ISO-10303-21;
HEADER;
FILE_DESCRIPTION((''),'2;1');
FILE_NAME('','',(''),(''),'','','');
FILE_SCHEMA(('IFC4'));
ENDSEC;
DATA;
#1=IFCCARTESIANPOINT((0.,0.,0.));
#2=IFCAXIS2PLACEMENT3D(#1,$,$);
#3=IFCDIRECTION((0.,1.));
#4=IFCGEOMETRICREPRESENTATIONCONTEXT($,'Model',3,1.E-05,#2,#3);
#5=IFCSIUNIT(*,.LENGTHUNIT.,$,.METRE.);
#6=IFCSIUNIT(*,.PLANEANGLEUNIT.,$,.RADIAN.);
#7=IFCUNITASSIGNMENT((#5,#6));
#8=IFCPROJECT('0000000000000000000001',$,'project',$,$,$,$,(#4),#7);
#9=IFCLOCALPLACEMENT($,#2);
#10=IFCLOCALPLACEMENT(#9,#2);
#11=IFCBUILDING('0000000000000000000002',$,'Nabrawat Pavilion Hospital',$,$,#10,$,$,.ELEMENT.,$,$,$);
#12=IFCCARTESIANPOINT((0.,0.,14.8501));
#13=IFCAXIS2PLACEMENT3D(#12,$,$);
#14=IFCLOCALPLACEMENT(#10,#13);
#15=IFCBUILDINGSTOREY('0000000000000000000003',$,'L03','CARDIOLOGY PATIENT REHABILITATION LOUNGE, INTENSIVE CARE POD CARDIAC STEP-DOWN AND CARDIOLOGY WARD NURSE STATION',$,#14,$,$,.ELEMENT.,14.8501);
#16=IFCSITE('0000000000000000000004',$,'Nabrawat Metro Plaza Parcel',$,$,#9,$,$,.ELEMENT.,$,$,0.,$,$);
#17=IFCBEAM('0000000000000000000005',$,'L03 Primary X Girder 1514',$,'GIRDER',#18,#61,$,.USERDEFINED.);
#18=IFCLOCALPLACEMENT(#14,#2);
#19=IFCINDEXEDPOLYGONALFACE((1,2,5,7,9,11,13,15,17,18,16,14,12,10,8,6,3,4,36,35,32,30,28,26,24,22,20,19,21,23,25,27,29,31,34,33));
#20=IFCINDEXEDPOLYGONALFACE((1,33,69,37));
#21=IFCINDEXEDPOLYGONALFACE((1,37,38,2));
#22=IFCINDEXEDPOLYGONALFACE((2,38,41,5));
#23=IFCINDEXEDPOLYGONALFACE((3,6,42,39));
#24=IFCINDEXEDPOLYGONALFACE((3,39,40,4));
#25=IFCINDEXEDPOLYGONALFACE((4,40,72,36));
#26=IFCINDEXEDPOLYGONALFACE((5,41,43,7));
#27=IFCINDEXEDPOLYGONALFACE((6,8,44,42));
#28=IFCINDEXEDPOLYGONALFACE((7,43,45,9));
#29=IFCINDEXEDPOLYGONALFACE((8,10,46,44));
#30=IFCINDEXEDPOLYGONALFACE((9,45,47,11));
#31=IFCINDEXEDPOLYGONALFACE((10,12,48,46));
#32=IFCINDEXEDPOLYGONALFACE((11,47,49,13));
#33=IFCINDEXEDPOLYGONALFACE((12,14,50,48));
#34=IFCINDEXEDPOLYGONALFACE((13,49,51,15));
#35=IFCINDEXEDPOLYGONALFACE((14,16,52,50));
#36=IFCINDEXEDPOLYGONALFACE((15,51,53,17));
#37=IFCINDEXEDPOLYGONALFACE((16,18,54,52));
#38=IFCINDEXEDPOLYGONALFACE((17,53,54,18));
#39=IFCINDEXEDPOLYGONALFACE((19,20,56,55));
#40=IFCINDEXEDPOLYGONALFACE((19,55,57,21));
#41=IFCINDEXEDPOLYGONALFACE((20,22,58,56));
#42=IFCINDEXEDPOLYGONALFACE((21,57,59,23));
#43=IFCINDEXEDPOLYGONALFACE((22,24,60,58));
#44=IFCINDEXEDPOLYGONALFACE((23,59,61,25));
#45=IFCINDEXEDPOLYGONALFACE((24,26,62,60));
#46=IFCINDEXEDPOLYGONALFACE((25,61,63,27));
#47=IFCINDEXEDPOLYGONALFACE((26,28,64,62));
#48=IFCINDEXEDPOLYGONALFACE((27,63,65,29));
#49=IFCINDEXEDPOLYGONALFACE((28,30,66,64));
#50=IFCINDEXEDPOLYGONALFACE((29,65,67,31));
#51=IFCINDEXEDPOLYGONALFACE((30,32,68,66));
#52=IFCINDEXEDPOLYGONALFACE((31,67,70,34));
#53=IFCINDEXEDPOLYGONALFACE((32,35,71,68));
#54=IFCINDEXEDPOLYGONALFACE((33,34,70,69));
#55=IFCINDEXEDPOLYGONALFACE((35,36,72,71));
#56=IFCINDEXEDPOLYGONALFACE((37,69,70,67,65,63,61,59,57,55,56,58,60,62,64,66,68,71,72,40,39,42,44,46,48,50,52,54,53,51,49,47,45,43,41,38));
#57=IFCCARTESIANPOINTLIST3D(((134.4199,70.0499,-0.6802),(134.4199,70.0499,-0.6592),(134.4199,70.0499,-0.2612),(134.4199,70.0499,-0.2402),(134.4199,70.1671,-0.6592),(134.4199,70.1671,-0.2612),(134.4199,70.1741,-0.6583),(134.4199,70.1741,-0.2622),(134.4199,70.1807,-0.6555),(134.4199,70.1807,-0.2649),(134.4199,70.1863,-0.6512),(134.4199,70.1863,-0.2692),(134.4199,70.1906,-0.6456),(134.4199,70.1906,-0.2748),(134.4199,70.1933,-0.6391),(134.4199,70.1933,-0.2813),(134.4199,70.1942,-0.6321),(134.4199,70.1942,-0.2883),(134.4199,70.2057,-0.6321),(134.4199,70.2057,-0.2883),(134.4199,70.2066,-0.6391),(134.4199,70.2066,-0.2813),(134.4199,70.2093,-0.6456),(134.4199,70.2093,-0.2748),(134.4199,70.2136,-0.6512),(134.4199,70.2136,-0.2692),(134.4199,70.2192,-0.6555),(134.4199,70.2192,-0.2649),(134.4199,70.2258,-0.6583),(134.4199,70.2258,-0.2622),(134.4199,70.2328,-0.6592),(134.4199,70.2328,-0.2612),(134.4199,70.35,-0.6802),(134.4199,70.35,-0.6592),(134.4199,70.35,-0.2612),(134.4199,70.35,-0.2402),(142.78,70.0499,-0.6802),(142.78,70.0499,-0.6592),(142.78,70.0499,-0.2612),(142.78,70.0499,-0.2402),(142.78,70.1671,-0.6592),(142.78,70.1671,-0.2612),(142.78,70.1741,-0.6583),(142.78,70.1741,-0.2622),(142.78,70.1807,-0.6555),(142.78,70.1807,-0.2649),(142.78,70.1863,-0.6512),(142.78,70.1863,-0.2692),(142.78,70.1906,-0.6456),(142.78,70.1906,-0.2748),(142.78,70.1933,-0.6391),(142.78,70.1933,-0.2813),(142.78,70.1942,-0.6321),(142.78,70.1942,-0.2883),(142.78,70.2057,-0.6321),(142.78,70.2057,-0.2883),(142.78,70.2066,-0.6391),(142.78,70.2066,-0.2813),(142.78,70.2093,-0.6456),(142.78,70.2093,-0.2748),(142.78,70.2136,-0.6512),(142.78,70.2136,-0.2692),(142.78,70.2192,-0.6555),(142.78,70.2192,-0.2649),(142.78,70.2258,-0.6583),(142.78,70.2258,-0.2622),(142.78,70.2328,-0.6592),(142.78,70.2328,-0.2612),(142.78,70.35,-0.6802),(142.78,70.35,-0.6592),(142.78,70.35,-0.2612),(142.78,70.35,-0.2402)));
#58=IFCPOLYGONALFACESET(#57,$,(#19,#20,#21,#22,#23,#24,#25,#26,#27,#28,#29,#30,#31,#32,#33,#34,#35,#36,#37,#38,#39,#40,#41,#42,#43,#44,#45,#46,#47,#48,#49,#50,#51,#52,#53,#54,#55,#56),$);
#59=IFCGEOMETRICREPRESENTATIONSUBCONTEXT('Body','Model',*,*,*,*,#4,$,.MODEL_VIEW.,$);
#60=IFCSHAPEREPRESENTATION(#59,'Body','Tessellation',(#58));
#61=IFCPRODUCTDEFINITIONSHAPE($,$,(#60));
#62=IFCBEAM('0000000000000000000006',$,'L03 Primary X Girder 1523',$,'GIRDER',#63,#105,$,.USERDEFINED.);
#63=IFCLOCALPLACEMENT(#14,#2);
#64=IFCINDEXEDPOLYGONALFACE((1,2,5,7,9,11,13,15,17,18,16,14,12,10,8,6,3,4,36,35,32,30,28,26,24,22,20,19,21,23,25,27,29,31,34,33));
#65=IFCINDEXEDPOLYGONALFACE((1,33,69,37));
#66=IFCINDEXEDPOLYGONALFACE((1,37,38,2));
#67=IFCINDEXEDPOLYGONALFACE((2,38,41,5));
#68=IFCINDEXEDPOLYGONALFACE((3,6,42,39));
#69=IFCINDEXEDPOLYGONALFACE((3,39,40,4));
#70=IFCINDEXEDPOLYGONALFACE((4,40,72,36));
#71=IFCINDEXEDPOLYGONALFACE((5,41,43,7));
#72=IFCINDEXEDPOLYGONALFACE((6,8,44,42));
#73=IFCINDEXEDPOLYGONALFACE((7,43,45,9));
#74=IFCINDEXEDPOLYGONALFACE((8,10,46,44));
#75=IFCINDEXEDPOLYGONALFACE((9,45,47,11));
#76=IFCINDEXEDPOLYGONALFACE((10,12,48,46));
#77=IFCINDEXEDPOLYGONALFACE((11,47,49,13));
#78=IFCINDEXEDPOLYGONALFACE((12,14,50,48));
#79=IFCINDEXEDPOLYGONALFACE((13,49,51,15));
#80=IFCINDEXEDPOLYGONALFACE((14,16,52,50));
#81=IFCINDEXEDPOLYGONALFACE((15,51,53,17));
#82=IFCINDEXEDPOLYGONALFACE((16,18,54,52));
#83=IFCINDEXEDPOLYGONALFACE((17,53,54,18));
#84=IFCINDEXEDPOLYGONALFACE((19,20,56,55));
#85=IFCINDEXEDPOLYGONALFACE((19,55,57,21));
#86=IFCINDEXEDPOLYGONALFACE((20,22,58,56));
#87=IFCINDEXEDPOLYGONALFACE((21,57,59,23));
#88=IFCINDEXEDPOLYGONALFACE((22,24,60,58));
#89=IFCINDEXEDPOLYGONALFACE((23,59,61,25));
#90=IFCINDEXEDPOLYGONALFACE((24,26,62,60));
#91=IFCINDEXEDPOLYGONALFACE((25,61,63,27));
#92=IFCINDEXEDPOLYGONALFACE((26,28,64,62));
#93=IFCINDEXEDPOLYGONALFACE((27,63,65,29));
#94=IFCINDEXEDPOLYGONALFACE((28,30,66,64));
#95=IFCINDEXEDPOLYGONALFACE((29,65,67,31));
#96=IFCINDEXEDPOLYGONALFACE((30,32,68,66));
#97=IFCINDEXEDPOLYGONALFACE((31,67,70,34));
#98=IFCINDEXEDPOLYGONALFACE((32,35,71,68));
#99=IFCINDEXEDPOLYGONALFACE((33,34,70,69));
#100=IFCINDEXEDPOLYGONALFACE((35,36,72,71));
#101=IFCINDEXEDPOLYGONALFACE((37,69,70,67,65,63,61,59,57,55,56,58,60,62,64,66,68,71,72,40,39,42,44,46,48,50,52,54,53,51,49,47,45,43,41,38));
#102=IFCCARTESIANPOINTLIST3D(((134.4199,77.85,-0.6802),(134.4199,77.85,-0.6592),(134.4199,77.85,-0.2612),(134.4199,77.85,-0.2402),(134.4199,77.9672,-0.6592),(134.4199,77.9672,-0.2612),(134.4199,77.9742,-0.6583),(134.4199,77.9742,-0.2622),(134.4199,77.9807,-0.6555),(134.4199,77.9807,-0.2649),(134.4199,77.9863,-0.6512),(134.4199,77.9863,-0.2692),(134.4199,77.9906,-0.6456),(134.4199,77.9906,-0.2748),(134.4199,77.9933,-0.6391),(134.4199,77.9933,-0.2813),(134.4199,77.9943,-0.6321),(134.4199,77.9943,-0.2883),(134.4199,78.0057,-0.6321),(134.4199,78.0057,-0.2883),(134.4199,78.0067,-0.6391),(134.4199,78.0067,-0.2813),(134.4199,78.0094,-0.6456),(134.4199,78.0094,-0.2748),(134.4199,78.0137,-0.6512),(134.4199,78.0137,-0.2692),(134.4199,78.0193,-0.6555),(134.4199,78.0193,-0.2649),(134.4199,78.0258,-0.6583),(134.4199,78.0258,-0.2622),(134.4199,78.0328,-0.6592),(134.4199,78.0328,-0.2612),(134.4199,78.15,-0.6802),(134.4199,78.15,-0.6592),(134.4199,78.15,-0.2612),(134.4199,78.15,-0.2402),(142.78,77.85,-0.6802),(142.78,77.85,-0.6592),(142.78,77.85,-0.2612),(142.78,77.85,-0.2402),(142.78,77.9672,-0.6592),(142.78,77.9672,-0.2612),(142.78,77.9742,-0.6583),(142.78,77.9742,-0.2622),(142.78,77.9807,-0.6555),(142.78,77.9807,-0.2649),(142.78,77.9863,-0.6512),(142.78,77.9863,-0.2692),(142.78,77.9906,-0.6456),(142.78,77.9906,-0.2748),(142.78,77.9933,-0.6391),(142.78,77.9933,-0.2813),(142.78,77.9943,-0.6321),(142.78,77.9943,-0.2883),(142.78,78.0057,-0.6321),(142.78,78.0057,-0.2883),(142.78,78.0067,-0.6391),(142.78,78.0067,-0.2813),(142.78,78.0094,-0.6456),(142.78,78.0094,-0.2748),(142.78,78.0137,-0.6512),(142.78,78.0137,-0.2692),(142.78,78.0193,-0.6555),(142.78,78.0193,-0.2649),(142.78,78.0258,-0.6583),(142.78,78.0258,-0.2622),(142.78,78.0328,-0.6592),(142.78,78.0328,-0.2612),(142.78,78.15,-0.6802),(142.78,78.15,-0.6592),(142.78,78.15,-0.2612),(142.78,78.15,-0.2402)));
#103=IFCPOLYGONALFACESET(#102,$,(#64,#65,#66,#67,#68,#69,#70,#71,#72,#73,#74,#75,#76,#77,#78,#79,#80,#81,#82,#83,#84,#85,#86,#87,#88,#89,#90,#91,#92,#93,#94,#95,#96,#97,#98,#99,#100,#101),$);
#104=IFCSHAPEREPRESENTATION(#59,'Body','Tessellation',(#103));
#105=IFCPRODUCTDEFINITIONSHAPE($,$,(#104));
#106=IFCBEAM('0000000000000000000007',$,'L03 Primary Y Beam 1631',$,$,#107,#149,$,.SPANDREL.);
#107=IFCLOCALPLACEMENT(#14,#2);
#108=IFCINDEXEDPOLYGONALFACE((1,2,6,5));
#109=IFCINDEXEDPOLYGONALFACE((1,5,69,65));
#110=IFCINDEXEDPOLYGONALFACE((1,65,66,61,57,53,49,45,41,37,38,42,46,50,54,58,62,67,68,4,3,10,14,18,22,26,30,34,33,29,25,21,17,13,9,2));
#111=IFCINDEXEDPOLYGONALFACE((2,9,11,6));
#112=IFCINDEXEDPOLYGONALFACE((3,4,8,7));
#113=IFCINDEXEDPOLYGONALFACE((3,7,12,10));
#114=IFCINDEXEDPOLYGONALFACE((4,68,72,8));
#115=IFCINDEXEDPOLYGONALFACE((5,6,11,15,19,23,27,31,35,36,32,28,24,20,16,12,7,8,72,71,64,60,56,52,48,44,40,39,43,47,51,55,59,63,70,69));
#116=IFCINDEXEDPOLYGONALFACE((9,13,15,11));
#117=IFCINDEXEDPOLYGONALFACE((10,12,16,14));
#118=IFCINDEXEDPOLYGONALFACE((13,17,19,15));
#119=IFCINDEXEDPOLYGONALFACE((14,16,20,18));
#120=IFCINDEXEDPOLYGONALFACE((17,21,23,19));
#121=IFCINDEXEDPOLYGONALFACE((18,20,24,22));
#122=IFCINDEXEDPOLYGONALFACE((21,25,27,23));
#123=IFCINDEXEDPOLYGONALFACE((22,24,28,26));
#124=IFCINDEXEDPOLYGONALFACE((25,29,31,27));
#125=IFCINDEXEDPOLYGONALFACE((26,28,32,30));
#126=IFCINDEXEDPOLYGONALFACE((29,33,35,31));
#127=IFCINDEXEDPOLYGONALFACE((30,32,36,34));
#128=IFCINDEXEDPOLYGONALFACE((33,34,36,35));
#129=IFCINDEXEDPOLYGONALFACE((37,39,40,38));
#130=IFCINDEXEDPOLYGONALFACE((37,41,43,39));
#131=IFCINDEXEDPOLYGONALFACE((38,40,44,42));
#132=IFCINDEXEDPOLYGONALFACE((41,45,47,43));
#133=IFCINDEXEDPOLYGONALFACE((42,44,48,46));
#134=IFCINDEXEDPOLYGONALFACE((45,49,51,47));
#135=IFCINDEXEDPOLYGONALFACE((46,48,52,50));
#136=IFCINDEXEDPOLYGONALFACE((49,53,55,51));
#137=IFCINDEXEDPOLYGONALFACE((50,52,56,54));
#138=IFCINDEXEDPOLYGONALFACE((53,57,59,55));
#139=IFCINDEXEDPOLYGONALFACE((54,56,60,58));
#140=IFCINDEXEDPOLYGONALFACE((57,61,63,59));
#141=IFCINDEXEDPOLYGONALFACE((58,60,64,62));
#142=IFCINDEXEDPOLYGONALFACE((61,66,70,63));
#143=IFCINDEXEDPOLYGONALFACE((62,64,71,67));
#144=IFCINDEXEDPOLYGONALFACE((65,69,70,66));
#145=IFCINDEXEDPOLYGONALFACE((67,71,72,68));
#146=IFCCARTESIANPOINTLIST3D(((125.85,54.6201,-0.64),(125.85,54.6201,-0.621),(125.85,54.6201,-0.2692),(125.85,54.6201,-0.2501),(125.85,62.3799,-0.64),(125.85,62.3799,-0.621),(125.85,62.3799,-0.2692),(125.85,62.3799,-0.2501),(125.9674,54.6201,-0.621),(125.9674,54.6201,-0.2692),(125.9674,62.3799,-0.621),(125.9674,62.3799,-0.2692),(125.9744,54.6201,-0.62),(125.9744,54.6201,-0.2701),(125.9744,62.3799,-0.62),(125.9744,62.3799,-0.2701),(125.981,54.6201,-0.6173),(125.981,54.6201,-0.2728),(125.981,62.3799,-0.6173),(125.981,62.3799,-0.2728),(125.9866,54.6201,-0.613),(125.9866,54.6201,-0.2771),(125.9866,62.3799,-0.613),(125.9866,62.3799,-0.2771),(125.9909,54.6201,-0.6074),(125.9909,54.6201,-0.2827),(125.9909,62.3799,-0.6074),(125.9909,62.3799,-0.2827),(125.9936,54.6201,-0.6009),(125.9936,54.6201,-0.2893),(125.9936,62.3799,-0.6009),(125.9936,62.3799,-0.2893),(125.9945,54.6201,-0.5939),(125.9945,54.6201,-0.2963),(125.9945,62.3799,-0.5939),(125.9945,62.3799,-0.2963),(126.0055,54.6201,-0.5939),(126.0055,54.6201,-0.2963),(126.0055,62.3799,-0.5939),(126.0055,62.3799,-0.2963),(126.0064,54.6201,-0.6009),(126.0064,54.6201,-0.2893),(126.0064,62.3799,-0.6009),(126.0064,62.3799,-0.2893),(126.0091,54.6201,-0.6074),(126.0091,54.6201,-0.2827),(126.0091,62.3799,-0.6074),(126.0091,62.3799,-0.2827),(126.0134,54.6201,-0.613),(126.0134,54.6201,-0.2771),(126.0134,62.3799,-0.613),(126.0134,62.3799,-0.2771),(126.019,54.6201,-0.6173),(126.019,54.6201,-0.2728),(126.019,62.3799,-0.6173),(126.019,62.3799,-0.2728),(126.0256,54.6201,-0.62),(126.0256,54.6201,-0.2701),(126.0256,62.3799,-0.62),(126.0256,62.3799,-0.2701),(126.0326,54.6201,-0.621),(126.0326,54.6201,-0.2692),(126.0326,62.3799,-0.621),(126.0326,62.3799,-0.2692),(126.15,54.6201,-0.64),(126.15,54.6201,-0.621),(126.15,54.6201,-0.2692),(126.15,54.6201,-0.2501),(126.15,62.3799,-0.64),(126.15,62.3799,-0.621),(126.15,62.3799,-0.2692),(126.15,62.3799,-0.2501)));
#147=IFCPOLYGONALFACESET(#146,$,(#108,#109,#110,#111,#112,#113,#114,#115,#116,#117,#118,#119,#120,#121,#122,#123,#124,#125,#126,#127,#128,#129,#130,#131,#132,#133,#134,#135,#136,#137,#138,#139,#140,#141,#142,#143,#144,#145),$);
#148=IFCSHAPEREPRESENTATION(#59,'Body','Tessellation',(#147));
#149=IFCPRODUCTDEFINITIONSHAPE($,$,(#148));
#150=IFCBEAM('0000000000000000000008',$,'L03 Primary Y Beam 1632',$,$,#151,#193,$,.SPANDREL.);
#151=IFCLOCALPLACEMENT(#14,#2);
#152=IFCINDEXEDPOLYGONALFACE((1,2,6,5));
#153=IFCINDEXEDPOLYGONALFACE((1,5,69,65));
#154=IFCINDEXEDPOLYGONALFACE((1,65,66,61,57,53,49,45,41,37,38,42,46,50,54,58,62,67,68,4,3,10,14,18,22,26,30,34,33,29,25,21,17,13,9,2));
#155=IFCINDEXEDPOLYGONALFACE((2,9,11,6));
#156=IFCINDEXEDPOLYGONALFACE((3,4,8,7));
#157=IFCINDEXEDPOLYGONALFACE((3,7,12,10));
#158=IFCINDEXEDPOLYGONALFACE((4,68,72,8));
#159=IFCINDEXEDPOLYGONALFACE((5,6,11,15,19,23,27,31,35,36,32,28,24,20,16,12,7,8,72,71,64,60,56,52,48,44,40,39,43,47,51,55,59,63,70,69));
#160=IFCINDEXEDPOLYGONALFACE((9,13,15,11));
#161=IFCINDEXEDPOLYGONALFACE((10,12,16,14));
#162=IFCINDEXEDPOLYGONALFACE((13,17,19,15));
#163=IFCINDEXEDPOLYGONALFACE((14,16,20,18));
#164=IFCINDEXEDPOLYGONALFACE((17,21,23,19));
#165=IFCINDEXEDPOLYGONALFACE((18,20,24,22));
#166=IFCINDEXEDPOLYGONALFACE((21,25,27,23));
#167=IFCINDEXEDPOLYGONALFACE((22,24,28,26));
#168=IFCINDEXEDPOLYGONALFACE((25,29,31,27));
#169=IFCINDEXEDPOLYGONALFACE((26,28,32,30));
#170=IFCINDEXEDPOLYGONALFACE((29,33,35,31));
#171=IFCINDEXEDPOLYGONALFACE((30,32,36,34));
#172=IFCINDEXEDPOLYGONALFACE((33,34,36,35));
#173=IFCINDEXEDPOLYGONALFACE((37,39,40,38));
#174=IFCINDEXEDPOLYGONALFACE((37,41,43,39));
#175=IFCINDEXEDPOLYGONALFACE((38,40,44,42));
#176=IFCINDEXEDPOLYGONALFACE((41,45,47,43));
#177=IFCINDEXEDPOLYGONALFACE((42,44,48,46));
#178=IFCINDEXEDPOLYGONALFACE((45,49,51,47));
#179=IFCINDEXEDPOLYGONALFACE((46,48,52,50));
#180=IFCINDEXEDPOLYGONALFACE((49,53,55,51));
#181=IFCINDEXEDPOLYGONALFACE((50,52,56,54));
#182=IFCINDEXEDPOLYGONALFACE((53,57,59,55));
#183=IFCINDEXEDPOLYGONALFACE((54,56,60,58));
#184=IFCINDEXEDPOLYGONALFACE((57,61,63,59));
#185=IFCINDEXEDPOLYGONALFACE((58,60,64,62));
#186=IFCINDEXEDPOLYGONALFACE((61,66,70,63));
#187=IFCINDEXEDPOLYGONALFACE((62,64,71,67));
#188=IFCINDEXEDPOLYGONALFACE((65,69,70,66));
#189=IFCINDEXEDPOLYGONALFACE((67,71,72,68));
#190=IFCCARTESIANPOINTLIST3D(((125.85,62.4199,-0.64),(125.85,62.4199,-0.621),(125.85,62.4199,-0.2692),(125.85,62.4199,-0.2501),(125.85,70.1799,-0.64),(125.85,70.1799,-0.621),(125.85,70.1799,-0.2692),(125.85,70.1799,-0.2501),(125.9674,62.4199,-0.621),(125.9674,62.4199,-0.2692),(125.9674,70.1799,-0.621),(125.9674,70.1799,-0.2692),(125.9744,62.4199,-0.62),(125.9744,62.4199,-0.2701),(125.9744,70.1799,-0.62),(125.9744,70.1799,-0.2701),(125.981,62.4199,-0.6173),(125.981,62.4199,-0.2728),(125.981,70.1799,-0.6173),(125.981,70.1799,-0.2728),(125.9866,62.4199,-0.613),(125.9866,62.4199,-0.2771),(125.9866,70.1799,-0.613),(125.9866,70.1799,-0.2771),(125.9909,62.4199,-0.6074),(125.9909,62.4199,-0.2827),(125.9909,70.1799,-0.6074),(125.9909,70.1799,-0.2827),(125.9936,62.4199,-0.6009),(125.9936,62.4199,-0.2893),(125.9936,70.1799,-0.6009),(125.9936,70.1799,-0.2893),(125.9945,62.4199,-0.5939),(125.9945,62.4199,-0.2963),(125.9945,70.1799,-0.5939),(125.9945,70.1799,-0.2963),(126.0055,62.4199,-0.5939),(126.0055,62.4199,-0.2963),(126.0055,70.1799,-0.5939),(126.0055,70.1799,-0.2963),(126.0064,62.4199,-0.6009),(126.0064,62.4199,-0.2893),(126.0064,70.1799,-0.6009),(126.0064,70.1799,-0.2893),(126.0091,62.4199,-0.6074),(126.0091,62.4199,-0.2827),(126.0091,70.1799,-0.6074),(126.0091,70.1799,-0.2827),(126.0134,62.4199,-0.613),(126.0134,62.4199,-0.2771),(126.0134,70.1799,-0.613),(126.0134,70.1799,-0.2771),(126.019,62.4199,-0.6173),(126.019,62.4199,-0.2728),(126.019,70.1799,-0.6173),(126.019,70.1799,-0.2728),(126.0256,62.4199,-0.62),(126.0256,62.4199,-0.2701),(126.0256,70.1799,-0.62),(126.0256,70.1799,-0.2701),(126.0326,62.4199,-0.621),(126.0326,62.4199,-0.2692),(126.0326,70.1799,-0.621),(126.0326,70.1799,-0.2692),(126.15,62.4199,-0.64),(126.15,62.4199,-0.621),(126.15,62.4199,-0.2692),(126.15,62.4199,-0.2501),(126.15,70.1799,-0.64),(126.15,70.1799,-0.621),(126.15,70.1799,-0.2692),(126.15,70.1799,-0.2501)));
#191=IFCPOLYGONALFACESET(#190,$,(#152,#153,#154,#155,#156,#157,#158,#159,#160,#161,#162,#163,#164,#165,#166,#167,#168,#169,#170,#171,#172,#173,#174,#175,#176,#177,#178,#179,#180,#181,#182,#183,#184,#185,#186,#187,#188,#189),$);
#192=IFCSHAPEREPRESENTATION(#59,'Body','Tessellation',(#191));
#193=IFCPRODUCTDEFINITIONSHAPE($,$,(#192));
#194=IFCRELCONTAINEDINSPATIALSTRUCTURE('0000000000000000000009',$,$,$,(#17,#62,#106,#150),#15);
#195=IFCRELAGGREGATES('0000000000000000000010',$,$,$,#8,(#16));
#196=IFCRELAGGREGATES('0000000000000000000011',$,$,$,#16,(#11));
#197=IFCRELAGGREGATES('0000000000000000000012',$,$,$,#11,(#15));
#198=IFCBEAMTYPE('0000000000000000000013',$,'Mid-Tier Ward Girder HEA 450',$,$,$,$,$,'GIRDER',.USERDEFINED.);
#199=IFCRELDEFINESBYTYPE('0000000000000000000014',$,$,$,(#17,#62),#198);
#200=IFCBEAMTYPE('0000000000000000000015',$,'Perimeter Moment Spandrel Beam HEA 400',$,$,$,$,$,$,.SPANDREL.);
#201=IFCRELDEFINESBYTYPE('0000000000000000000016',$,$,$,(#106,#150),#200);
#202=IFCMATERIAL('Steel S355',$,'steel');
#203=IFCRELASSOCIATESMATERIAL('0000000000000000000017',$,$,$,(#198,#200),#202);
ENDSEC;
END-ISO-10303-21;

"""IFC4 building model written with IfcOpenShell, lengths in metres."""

from ifc_helpers import new_model, si_unit, direction, frame, origin, origin_2d, place, context, subcontext, project, spatial, i_section, extrude, material, material_profile, profile_set, type_object, element, save


model = new_model("IFC4")

# Units and contexts
model_context = context("Model", 3, precision=1e-05, world=origin(), true_north=direction((0.0, 1.0)))
body_context = subcontext(model_context, "Body", "Model", "MODEL_VIEW")
ifc_project = project(units=[si_unit("LENGTHUNIT", "METRE"), si_unit("PLANEANGLEUNIT", "RADIAN")], contexts=[model_context])

# Site, building, storey
site_placement = place(None, origin())
site = spatial("IfcSite", under=ifc_project, at=site_placement, Name="Nabrawat Metro Plaza Parcel", CompositionType="ELEMENT", RefElevation=0.0)
building_placement = place(site_placement, origin())
building = spatial("IfcBuilding", under=site, at=building_placement, Name="Nabrawat Pavilion Hospital", CompositionType="ELEMENT")
storey_placement = place(building_placement, frame((0.0, 0.0, 14.8501)))
storey = spatial("IfcBuildingStorey", under=building, at=storey_placement, Name="L03", Description="CARDIOLOGY PATIENT REHABILITATION LOUNGE, INTENSIVE CARE POD CARDIAC STEP-DOWN AND CARDIOLOGY WARD NURSE STATION", CompositionType="ELEMENT", Elevation=14.8501)

# Shared definitions
ifc_material = material(Name="Steel S355", Category="steel")

# Beams
ifc_material_profile_1 = material_profile(ifc_material, i_section(OverallWidth=0.3, OverallDepth=0.4399, WebThickness=0.0115, FlangeThickness=0.021, FilletRadius=0.0271, at=origin_2d()), Name="HEA 450")
ifc_profile_set_1 = profile_set([ifc_material_profile_1], Name="Steel S355")
beam_type_1 = type_object("IfcBeamType", Name="Mid-Tier Ward Girder HEA 450", ElementType="GIRDER", PredefinedType="USERDEFINED", material=ifc_profile_set_1)
for number, where, z_axis, x_axis, name in (
    (1, (134.4199, 70.2, -0.4602), (1.0, 0.0, 0.0), (0.0, 1.0, 0.0), "L03 Primary X Girder 1514"),
    (2, (134.4199, 78.0, -0.4602), (1.0, 0.0, 0.0), (0.0, 1.0, 0.0), "L03 Primary X Girder 1523"),
):
    element("IfcBeam", number, at=place(storey_placement, frame(where, z_axis=z_axis, x_axis=x_axis)), inside=storey, type_object=beam_type_1, Name=name, ObjectType="GIRDER", PredefinedType="USERDEFINED", context=body_context, shape_type="SweptSolid", body=[
        extrude(i_section(OverallWidth=0.3, OverallDepth=0.4399, WebThickness=0.0115, FlangeThickness=0.021, FilletRadius=0.0271, at=origin_2d()), origin(), (0.0, 0.0, 1.0), 8.3601),
    ])
ifc_material_profile_2 = material_profile(ifc_material, i_section(OverallWidth=0.3, OverallDepth=0.3899, WebThickness=0.011, FlangeThickness=0.019, FilletRadius=0.0271, at=origin_2d()), Name="HEA 400")
ifc_profile_set_2 = profile_set([ifc_material_profile_2], Name="Steel S355")
beam_type_2 = type_object("IfcBeamType", Name="Perimeter Moment Spandrel Beam HEA 400", PredefinedType="SPANDREL", material=ifc_profile_set_2)
beam_1_placement = place(storey_placement, frame((126.0, 54.6201, -0.4451), z_axis=(0.0, 1.0, 0.0), x_axis=(-1.0, 0.0, 0.0)))
element("IfcBeam", 3, at=beam_1_placement, inside=storey, type_object=beam_type_2, Name="L03 Primary Y Beam 1631", PredefinedType="SPANDREL", context=body_context, shape_type="SweptSolid", body=[
    extrude(i_section(OverallWidth=0.3, OverallDepth=0.3899, WebThickness=0.011, FlangeThickness=0.019, FilletRadius=0.0271, at=origin_2d()), origin(), (0.0, 0.0, 1.0), 7.7598),
])
for number, where, z_axis, x_axis, name in (
    (4, (126.0, 62.4199, -0.4451), (0.0, 1.0, 0.0), (-1.0, 0.0, 0.0), "L03 Primary Y Beam 1632"),
):
    element("IfcBeam", number, at=place(storey_placement, frame(where, z_axis=z_axis, x_axis=x_axis)), inside=storey, type_object=beam_type_2, Name=name, PredefinedType="SPANDREL", context=body_context, shape_type="SweptSolid", body=[
        extrude(i_section(OverallWidth=0.3, OverallDepth=0.3899, WebThickness=0.011, FlangeThickness=0.019, FilletRadius=0.0271, at=origin_2d()), origin(), (0.0, 0.0, 1.0), 7.76),
    ])

save(model, "model.ifc")
